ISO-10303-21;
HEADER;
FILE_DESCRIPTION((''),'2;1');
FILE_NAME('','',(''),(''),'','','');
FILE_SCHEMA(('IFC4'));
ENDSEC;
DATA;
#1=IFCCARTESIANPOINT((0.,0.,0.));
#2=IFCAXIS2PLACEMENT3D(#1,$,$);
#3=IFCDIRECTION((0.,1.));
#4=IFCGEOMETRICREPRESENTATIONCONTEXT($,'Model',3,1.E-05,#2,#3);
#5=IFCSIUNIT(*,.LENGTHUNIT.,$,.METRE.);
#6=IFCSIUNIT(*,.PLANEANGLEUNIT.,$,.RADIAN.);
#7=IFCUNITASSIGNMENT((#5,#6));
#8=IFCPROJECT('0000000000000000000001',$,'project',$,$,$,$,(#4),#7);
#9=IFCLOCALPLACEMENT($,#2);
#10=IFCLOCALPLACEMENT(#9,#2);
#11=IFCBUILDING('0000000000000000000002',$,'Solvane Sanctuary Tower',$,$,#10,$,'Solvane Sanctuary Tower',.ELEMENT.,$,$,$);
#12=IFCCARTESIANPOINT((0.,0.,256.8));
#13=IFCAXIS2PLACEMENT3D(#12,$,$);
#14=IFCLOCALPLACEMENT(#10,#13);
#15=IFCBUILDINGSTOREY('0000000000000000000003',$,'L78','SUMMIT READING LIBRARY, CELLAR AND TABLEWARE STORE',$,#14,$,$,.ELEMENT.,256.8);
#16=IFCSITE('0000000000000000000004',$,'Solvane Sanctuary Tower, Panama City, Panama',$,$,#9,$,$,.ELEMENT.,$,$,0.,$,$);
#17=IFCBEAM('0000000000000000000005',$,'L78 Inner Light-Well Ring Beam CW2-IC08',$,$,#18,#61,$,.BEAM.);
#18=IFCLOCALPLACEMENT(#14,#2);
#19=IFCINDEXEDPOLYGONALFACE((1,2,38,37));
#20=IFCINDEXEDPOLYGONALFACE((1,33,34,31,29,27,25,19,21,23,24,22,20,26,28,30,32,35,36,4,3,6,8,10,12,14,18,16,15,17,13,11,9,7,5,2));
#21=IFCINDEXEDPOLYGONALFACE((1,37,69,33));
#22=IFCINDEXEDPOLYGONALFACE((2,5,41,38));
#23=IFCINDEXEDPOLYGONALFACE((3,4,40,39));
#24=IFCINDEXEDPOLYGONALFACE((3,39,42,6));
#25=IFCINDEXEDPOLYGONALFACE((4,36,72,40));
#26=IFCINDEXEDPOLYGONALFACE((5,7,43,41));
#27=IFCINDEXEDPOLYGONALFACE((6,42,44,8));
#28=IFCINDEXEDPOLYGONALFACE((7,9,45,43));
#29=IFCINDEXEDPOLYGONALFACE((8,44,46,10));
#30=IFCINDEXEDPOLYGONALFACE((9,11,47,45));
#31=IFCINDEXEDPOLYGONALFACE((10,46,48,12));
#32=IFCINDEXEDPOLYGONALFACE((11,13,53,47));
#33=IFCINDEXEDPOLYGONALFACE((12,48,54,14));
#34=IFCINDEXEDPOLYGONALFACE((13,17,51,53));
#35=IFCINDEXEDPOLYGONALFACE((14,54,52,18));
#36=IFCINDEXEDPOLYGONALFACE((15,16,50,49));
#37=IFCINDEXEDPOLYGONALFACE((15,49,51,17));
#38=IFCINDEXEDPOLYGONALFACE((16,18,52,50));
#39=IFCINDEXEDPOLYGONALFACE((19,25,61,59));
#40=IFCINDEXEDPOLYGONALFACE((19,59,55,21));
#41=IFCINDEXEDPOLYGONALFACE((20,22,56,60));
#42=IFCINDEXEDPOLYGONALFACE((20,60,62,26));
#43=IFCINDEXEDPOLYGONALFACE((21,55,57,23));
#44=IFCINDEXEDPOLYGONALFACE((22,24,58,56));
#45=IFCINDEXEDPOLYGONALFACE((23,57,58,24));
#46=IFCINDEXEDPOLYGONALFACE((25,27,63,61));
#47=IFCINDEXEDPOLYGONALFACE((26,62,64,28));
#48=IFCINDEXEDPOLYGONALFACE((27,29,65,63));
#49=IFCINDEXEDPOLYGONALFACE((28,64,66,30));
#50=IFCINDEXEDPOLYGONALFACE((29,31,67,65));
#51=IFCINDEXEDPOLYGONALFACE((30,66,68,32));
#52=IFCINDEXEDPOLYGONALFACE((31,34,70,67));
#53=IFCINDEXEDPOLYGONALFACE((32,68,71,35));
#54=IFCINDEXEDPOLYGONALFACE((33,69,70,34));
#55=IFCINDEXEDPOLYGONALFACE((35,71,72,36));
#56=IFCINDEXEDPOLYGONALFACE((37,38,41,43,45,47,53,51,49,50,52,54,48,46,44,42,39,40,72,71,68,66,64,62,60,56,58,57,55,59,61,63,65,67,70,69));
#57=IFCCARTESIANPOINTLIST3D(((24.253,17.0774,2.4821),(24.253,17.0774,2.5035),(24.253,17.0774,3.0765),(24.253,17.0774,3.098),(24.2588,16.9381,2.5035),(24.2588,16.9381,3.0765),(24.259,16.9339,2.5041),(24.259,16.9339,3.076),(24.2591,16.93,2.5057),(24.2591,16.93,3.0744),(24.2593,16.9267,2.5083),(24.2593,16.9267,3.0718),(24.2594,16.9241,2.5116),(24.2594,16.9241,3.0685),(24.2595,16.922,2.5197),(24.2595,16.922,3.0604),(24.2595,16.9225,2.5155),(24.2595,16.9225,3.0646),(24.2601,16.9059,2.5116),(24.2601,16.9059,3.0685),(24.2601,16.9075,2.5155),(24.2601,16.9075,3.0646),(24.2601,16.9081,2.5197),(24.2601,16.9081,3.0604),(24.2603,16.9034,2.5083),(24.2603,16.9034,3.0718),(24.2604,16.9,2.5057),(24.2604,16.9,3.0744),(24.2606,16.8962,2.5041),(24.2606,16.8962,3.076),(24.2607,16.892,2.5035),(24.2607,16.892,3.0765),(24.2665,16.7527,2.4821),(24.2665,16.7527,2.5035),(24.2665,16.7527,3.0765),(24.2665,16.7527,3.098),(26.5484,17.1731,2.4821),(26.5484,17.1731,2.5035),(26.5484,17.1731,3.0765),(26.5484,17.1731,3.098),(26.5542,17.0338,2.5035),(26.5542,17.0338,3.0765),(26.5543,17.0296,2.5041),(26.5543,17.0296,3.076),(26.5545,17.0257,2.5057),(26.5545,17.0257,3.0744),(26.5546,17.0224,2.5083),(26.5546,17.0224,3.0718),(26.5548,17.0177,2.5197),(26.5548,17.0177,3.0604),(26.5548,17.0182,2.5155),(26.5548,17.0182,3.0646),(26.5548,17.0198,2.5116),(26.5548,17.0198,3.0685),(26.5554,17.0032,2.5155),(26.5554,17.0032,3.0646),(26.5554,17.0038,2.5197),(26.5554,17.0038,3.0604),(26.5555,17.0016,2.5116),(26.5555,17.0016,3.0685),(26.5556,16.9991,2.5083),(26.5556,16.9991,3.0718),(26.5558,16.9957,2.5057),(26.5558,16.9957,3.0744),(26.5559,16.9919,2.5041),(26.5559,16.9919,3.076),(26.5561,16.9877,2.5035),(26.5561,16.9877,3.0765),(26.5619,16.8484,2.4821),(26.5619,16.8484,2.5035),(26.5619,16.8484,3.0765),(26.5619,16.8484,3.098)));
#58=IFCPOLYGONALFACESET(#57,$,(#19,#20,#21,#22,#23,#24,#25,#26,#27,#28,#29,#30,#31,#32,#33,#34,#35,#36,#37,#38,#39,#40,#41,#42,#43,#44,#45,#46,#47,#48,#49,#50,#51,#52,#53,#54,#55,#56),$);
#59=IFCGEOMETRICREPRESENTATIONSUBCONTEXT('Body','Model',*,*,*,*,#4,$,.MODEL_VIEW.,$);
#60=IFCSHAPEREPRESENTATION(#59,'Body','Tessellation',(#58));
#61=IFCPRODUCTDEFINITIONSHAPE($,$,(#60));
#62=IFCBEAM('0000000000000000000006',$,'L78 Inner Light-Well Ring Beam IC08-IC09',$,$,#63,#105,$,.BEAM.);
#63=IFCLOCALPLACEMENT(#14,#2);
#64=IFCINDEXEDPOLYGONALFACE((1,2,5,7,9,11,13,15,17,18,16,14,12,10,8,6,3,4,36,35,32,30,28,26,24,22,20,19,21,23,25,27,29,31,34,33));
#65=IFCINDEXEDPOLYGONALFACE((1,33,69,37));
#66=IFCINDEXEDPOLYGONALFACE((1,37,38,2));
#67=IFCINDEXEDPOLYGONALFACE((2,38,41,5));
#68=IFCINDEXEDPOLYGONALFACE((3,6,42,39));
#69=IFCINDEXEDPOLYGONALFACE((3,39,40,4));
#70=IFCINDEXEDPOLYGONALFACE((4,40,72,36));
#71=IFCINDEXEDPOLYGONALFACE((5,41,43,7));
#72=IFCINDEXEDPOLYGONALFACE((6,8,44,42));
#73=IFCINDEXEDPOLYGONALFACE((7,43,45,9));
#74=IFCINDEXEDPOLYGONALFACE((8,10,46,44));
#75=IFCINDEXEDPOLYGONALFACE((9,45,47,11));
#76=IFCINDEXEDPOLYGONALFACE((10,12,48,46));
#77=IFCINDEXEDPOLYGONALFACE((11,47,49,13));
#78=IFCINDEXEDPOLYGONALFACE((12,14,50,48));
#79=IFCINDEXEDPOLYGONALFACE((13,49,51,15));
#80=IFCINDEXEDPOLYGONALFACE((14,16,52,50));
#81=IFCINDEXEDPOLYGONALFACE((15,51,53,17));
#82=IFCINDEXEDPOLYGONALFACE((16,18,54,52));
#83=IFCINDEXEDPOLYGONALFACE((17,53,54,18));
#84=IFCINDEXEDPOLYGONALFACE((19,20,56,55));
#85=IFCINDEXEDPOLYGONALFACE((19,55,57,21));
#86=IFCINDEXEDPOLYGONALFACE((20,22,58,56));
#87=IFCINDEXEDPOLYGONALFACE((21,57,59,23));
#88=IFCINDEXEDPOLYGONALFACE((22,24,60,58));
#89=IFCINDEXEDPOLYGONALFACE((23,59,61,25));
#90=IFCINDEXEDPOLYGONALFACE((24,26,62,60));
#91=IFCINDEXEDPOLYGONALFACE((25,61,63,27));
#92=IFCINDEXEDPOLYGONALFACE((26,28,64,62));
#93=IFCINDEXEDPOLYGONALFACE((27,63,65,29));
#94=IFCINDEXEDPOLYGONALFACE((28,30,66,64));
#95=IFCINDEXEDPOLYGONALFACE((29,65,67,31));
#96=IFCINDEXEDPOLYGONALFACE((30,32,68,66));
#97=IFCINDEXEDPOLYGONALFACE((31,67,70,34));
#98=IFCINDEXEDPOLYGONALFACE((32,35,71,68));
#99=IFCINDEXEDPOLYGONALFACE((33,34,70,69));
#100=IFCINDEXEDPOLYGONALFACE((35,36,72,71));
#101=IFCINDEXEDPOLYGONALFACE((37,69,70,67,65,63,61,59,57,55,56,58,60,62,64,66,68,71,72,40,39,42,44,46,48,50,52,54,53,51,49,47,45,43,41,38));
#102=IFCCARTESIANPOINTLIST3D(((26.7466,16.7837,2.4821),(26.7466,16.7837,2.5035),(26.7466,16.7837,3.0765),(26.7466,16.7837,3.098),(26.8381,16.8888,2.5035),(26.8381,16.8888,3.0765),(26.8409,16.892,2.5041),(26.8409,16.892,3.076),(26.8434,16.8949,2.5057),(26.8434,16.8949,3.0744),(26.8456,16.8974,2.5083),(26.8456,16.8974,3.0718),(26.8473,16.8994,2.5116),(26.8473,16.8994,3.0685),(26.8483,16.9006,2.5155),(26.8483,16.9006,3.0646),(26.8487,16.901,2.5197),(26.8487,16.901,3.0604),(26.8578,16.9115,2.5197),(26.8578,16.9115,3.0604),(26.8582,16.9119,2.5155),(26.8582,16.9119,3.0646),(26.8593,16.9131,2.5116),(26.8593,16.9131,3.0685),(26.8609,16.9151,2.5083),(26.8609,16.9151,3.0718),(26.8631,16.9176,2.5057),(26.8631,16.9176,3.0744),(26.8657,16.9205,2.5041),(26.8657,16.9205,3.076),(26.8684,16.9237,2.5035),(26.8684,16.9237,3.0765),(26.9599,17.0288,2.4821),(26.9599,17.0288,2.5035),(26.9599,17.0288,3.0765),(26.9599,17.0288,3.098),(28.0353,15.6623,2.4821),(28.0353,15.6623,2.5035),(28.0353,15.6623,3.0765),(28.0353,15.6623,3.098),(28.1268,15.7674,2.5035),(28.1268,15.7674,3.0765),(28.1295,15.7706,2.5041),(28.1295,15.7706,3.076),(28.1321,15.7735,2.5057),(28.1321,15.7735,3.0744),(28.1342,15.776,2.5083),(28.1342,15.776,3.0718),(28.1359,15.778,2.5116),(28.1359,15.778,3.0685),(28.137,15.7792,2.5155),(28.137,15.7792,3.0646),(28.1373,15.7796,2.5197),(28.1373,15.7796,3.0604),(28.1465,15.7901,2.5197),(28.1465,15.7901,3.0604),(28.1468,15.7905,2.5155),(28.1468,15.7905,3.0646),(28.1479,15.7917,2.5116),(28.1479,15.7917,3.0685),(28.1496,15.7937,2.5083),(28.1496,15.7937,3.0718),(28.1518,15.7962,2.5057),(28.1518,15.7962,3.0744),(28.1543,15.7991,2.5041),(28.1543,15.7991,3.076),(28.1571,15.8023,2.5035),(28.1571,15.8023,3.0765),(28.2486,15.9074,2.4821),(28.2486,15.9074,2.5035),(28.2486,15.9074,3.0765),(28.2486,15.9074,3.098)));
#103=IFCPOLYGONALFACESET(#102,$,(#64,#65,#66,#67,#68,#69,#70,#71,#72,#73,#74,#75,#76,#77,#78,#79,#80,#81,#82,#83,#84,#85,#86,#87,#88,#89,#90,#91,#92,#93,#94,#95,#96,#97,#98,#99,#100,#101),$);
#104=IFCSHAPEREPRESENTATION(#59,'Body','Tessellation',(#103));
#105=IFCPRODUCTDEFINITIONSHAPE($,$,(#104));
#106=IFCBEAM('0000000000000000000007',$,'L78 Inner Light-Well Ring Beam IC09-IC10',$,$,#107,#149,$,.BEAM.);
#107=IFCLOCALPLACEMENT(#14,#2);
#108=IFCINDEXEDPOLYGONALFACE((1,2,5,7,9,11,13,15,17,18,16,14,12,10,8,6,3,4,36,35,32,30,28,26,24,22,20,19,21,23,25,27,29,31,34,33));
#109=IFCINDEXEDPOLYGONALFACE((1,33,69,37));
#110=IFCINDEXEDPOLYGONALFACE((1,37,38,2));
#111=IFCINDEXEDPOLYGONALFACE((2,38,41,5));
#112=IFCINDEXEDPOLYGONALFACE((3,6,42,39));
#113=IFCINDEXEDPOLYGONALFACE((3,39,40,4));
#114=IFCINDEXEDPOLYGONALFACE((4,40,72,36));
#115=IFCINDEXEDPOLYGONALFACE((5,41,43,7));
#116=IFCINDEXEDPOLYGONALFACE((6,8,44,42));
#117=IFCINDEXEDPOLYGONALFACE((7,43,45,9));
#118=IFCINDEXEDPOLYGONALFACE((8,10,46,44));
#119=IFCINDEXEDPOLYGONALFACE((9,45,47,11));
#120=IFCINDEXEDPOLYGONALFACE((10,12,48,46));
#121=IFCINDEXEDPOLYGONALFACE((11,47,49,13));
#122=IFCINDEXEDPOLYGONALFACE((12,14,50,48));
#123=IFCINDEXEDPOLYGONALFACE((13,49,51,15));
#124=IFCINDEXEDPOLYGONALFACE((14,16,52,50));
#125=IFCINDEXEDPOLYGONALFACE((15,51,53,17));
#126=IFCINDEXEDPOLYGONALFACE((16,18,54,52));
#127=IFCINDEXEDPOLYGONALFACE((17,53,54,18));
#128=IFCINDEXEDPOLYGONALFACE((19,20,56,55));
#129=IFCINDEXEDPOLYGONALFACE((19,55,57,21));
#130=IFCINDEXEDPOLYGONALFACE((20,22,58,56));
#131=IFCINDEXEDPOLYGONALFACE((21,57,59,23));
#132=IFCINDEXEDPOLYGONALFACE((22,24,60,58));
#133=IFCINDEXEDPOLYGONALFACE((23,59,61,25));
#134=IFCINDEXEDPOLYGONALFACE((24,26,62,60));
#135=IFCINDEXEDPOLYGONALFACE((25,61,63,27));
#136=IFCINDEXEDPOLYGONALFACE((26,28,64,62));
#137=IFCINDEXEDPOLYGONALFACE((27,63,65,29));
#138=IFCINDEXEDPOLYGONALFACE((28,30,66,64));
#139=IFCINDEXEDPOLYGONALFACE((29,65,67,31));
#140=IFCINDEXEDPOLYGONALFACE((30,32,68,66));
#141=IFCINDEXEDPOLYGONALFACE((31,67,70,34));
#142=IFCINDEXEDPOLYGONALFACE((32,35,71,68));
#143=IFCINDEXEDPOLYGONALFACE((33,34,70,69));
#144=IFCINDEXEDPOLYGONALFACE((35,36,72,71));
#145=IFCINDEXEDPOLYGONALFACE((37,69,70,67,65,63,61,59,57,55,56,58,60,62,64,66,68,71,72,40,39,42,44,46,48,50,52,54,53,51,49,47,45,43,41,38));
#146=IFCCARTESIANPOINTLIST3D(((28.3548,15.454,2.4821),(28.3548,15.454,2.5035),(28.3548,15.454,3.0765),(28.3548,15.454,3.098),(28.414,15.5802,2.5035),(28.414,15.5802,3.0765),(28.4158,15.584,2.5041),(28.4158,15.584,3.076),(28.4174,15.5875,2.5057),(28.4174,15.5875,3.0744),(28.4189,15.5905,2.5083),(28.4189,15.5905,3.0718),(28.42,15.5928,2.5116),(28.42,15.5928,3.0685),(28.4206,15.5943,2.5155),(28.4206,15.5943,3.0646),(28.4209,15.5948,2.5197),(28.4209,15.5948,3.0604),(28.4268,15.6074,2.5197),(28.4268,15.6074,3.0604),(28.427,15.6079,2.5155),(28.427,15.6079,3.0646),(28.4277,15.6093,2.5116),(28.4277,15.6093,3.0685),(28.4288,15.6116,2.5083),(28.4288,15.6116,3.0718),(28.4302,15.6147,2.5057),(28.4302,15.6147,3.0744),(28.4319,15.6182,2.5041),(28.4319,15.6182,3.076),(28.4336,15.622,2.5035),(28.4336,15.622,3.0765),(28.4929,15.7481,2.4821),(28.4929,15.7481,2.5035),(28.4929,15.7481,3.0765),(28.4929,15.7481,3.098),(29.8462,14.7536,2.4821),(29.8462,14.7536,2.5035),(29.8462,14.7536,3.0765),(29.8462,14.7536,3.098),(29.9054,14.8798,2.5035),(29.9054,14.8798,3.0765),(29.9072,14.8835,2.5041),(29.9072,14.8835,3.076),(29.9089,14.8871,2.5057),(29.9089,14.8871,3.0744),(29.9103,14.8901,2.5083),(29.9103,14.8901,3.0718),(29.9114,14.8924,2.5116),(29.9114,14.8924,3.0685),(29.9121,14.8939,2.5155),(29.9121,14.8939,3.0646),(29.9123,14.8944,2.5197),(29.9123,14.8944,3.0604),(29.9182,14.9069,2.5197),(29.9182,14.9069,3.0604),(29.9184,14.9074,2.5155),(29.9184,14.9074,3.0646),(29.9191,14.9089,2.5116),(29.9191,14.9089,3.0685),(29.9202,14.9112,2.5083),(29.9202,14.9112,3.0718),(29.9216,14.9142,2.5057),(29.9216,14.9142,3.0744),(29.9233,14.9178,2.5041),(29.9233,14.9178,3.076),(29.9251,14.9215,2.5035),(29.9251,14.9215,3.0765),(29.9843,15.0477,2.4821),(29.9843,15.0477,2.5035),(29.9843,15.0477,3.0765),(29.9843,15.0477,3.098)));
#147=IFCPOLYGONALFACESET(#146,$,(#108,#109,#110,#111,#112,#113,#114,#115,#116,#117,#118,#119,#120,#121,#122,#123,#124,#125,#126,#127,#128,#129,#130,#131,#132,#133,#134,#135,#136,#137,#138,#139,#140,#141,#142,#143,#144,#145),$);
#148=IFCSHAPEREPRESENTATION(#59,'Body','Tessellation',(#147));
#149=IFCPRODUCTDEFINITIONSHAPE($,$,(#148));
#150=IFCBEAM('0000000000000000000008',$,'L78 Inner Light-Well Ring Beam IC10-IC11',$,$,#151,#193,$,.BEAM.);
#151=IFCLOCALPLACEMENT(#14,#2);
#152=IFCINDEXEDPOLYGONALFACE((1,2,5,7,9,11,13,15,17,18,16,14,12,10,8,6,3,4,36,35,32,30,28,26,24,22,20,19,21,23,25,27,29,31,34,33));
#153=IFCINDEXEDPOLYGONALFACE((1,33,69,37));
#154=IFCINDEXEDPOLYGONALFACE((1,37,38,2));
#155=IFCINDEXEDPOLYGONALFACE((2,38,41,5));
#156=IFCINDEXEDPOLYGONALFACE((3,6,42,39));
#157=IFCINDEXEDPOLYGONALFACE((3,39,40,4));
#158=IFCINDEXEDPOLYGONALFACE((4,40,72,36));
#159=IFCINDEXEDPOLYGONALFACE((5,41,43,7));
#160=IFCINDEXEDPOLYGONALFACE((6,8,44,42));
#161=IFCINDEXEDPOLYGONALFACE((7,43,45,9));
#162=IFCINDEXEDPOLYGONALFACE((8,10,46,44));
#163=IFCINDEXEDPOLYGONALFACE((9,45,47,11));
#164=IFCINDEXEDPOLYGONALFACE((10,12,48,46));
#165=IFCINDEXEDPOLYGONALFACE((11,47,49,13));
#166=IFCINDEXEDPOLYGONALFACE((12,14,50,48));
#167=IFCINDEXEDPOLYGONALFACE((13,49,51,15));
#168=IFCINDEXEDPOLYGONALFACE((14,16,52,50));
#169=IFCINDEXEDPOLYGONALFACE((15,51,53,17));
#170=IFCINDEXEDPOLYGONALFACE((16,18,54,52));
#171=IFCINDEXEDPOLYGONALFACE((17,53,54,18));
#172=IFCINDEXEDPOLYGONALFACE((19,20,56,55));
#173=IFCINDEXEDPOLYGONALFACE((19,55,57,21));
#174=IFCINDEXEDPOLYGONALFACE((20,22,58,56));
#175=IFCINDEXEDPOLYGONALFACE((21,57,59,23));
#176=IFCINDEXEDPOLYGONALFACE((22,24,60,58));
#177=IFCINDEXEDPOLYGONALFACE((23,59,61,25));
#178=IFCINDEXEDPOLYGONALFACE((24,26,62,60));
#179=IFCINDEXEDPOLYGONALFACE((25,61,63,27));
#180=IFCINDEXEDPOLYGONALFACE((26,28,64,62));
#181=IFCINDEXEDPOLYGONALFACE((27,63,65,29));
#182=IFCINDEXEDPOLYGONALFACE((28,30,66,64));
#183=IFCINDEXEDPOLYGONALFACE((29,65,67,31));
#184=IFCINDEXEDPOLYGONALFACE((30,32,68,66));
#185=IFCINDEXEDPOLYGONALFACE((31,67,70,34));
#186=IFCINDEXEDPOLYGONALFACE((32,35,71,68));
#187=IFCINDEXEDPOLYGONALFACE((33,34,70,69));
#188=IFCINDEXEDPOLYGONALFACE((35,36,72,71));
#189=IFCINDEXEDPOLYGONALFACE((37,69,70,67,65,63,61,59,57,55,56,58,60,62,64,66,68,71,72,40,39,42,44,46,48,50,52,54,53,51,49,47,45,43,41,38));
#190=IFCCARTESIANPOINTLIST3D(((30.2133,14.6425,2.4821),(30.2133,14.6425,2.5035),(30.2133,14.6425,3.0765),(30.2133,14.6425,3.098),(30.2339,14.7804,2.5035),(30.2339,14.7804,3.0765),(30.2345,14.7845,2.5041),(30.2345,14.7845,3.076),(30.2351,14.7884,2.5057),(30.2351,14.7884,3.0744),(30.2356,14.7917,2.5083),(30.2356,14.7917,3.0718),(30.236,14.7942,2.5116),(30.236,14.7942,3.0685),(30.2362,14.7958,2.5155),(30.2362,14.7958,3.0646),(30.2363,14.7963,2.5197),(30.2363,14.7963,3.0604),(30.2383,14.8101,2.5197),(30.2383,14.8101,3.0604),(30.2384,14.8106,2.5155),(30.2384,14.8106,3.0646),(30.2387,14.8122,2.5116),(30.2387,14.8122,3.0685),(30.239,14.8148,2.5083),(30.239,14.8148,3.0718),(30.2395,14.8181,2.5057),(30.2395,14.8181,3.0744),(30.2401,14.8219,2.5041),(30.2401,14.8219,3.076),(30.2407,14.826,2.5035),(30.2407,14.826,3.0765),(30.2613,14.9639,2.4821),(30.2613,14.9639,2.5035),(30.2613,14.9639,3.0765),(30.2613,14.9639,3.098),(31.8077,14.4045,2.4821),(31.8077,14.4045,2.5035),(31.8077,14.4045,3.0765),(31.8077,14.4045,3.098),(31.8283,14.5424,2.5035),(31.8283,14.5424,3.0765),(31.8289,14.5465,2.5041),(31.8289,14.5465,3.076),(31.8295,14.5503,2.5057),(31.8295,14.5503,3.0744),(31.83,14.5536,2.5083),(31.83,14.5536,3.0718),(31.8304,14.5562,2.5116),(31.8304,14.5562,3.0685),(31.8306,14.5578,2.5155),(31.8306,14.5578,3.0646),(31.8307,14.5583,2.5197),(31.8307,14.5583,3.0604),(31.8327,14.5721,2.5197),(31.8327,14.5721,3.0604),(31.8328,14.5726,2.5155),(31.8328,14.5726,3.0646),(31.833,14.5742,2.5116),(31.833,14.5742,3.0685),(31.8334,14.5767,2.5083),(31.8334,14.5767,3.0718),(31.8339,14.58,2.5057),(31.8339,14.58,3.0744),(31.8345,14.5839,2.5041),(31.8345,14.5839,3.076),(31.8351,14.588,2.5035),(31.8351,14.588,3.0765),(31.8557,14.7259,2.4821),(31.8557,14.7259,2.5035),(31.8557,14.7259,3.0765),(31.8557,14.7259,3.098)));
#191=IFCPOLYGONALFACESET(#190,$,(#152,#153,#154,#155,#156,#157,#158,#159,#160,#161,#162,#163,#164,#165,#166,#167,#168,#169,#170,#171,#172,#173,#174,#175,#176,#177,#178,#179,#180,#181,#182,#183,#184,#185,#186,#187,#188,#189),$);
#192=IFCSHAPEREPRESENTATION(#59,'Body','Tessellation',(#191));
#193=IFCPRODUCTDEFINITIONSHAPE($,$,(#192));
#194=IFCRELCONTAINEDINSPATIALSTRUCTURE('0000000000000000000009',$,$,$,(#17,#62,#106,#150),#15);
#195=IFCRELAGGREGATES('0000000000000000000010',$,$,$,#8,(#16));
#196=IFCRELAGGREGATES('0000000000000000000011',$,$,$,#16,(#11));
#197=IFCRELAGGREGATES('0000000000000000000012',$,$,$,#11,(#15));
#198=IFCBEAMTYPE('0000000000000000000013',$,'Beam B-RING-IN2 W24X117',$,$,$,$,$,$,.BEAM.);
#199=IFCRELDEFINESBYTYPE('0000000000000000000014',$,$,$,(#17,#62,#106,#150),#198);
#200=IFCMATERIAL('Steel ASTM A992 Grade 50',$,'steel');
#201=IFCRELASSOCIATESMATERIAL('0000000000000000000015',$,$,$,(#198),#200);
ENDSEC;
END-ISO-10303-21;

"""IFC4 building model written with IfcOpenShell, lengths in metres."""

from ifc_helpers import new_model, si_unit, direction, frame, origin, origin_2d, place, context, subcontext, project, spatial, i_section, extrude, material, material_profile, profile_set, type_object, element, save


model = new_model("IFC4")

# Units and contexts
model_context = context("Model", 3, precision=1e-05, world=origin(), true_north=direction((0.0, 1.0)))
body_context = subcontext(model_context, "Body", "Model", "MODEL_VIEW")
ifc_project = project(units=[si_unit("LENGTHUNIT", "METRE"), si_unit("PLANEANGLEUNIT", "RADIAN")], contexts=[model_context])

# Site, building, storey
site_placement = place(None, origin())
site = spatial("IfcSite", under=ifc_project, at=site_placement, Name="Solvane Sanctuary Tower, Panama City, Panama", CompositionType="ELEMENT", RefElevation=0.0)
building_placement = place(site_placement, origin())
building = spatial("IfcBuilding", under=site, at=building_placement, Name="Solvane Sanctuary Tower", LongName="Solvane Sanctuary Tower", CompositionType="ELEMENT")
storey_placement = place(building_placement, frame((0.0, 0.0, 256.8)))
storey = spatial("IfcBuildingStorey", under=building, at=storey_placement, Name="L78", Description="SUMMIT READING LIBRARY, CELLAR AND TABLEWARE STORE", CompositionType="ELEMENT", Elevation=256.8)

# Beams
ifc_material_1 = material(Name="Steel ASTM A992 Grade 50", Category="steel")
ifc_material_profile_1 = material_profile(ifc_material_1, i_section(OverallWidth=0.325, OverallDepth=0.616, WebThickness=0.0139, FlangeThickness=0.0215, FilletRadius=0.0161, at=origin_2d()), Name="W24X117")
ifc_profile_set_1 = profile_set([ifc_material_profile_1], Name="Steel ASTM A992 Grade 50")
beam_type_1 = type_object("IfcBeamType", Name="Beam B-RING-IN2 W24X117", PredefinedType="BEAM", material=ifc_profile_set_1)
beam_1_placement = place(storey_placement, frame((24.2598, 16.915, 2.79), z_axis=(0.999132, 0.041657, 0.0), x_axis=(-0.041657, 0.999132, 0.0)))
element("IfcBeam", 1, at=beam_1_placement, inside=storey, type_object=beam_type_1, Name="L78 Inner Light-Well Ring Beam CW2-IC08", PredefinedType="BEAM", context=body_context, shape_type="SweptSolid", body=[
    extrude(i_section(OverallWidth=0.325, OverallDepth=0.616, WebThickness=0.0139, FlangeThickness=0.0215, FilletRadius=0.0161, at=origin_2d()), origin(), (0.0, 0.0, 1.0), 2.2974),
])
beam_2_placement = place(storey_placement, frame((26.8533, 16.9062, 2.79), z_axis=(0.754362, -0.656458, 0.0), x_axis=(0.656458, 0.754362, 0.0)))
element("IfcBeam", 2, at=beam_2_placement, inside=storey, type_object=beam_type_1, Name="L78 Inner Light-Well Ring Beam IC08-IC09", PredefinedType="BEAM", context=body_context, shape_type="SweptSolid", body=[
    extrude(i_section(OverallWidth=0.325, OverallDepth=0.616, WebThickness=0.0139, FlangeThickness=0.0215, FilletRadius=0.0161, at=origin_2d()), origin(), (0.0, 0.0, 1.0), 1.7083),
])
beam_3_placement = place(storey_placement, frame((28.4238, 15.6011, 2.79), z_axis=(0.905151, -0.42509, 0.0), x_axis=(0.42509, 0.905151, 0.0)))
element("IfcBeam", 3, at=beam_3_placement, inside=storey, type_object=beam_type_1, Name="L78 Inner Light-Well Ring Beam IC09-IC10", PredefinedType="BEAM", context=body_context, shape_type="SweptSolid", body=[
    extrude(i_section(OverallWidth=0.325, OverallDepth=0.616, WebThickness=0.0139, FlangeThickness=0.0215, FilletRadius=0.0161, at=origin_2d()), origin(), (0.0, 0.0, 1.0), 1.6477),
])
beam_4_placement = place(storey_placement, frame((30.2373, 14.8032, 2.79), z_axis=(0.989039, -0.147652, 0.0), x_axis=(0.147652, 0.989039, 0.0)))
element("IfcBeam", 4, at=beam_4_placement, inside=storey, type_object=beam_type_1, Name="L78 Inner Light-Well Ring Beam IC10-IC11", PredefinedType="BEAM", context=body_context, shape_type="SweptSolid", body=[
    extrude(i_section(OverallWidth=0.325, OverallDepth=0.616, WebThickness=0.0139, FlangeThickness=0.0215, FilletRadius=0.0161, at=origin_2d()), origin(), (0.0, 0.0, 1.0), 1.6121),
])

save(model, "model.ifc")
